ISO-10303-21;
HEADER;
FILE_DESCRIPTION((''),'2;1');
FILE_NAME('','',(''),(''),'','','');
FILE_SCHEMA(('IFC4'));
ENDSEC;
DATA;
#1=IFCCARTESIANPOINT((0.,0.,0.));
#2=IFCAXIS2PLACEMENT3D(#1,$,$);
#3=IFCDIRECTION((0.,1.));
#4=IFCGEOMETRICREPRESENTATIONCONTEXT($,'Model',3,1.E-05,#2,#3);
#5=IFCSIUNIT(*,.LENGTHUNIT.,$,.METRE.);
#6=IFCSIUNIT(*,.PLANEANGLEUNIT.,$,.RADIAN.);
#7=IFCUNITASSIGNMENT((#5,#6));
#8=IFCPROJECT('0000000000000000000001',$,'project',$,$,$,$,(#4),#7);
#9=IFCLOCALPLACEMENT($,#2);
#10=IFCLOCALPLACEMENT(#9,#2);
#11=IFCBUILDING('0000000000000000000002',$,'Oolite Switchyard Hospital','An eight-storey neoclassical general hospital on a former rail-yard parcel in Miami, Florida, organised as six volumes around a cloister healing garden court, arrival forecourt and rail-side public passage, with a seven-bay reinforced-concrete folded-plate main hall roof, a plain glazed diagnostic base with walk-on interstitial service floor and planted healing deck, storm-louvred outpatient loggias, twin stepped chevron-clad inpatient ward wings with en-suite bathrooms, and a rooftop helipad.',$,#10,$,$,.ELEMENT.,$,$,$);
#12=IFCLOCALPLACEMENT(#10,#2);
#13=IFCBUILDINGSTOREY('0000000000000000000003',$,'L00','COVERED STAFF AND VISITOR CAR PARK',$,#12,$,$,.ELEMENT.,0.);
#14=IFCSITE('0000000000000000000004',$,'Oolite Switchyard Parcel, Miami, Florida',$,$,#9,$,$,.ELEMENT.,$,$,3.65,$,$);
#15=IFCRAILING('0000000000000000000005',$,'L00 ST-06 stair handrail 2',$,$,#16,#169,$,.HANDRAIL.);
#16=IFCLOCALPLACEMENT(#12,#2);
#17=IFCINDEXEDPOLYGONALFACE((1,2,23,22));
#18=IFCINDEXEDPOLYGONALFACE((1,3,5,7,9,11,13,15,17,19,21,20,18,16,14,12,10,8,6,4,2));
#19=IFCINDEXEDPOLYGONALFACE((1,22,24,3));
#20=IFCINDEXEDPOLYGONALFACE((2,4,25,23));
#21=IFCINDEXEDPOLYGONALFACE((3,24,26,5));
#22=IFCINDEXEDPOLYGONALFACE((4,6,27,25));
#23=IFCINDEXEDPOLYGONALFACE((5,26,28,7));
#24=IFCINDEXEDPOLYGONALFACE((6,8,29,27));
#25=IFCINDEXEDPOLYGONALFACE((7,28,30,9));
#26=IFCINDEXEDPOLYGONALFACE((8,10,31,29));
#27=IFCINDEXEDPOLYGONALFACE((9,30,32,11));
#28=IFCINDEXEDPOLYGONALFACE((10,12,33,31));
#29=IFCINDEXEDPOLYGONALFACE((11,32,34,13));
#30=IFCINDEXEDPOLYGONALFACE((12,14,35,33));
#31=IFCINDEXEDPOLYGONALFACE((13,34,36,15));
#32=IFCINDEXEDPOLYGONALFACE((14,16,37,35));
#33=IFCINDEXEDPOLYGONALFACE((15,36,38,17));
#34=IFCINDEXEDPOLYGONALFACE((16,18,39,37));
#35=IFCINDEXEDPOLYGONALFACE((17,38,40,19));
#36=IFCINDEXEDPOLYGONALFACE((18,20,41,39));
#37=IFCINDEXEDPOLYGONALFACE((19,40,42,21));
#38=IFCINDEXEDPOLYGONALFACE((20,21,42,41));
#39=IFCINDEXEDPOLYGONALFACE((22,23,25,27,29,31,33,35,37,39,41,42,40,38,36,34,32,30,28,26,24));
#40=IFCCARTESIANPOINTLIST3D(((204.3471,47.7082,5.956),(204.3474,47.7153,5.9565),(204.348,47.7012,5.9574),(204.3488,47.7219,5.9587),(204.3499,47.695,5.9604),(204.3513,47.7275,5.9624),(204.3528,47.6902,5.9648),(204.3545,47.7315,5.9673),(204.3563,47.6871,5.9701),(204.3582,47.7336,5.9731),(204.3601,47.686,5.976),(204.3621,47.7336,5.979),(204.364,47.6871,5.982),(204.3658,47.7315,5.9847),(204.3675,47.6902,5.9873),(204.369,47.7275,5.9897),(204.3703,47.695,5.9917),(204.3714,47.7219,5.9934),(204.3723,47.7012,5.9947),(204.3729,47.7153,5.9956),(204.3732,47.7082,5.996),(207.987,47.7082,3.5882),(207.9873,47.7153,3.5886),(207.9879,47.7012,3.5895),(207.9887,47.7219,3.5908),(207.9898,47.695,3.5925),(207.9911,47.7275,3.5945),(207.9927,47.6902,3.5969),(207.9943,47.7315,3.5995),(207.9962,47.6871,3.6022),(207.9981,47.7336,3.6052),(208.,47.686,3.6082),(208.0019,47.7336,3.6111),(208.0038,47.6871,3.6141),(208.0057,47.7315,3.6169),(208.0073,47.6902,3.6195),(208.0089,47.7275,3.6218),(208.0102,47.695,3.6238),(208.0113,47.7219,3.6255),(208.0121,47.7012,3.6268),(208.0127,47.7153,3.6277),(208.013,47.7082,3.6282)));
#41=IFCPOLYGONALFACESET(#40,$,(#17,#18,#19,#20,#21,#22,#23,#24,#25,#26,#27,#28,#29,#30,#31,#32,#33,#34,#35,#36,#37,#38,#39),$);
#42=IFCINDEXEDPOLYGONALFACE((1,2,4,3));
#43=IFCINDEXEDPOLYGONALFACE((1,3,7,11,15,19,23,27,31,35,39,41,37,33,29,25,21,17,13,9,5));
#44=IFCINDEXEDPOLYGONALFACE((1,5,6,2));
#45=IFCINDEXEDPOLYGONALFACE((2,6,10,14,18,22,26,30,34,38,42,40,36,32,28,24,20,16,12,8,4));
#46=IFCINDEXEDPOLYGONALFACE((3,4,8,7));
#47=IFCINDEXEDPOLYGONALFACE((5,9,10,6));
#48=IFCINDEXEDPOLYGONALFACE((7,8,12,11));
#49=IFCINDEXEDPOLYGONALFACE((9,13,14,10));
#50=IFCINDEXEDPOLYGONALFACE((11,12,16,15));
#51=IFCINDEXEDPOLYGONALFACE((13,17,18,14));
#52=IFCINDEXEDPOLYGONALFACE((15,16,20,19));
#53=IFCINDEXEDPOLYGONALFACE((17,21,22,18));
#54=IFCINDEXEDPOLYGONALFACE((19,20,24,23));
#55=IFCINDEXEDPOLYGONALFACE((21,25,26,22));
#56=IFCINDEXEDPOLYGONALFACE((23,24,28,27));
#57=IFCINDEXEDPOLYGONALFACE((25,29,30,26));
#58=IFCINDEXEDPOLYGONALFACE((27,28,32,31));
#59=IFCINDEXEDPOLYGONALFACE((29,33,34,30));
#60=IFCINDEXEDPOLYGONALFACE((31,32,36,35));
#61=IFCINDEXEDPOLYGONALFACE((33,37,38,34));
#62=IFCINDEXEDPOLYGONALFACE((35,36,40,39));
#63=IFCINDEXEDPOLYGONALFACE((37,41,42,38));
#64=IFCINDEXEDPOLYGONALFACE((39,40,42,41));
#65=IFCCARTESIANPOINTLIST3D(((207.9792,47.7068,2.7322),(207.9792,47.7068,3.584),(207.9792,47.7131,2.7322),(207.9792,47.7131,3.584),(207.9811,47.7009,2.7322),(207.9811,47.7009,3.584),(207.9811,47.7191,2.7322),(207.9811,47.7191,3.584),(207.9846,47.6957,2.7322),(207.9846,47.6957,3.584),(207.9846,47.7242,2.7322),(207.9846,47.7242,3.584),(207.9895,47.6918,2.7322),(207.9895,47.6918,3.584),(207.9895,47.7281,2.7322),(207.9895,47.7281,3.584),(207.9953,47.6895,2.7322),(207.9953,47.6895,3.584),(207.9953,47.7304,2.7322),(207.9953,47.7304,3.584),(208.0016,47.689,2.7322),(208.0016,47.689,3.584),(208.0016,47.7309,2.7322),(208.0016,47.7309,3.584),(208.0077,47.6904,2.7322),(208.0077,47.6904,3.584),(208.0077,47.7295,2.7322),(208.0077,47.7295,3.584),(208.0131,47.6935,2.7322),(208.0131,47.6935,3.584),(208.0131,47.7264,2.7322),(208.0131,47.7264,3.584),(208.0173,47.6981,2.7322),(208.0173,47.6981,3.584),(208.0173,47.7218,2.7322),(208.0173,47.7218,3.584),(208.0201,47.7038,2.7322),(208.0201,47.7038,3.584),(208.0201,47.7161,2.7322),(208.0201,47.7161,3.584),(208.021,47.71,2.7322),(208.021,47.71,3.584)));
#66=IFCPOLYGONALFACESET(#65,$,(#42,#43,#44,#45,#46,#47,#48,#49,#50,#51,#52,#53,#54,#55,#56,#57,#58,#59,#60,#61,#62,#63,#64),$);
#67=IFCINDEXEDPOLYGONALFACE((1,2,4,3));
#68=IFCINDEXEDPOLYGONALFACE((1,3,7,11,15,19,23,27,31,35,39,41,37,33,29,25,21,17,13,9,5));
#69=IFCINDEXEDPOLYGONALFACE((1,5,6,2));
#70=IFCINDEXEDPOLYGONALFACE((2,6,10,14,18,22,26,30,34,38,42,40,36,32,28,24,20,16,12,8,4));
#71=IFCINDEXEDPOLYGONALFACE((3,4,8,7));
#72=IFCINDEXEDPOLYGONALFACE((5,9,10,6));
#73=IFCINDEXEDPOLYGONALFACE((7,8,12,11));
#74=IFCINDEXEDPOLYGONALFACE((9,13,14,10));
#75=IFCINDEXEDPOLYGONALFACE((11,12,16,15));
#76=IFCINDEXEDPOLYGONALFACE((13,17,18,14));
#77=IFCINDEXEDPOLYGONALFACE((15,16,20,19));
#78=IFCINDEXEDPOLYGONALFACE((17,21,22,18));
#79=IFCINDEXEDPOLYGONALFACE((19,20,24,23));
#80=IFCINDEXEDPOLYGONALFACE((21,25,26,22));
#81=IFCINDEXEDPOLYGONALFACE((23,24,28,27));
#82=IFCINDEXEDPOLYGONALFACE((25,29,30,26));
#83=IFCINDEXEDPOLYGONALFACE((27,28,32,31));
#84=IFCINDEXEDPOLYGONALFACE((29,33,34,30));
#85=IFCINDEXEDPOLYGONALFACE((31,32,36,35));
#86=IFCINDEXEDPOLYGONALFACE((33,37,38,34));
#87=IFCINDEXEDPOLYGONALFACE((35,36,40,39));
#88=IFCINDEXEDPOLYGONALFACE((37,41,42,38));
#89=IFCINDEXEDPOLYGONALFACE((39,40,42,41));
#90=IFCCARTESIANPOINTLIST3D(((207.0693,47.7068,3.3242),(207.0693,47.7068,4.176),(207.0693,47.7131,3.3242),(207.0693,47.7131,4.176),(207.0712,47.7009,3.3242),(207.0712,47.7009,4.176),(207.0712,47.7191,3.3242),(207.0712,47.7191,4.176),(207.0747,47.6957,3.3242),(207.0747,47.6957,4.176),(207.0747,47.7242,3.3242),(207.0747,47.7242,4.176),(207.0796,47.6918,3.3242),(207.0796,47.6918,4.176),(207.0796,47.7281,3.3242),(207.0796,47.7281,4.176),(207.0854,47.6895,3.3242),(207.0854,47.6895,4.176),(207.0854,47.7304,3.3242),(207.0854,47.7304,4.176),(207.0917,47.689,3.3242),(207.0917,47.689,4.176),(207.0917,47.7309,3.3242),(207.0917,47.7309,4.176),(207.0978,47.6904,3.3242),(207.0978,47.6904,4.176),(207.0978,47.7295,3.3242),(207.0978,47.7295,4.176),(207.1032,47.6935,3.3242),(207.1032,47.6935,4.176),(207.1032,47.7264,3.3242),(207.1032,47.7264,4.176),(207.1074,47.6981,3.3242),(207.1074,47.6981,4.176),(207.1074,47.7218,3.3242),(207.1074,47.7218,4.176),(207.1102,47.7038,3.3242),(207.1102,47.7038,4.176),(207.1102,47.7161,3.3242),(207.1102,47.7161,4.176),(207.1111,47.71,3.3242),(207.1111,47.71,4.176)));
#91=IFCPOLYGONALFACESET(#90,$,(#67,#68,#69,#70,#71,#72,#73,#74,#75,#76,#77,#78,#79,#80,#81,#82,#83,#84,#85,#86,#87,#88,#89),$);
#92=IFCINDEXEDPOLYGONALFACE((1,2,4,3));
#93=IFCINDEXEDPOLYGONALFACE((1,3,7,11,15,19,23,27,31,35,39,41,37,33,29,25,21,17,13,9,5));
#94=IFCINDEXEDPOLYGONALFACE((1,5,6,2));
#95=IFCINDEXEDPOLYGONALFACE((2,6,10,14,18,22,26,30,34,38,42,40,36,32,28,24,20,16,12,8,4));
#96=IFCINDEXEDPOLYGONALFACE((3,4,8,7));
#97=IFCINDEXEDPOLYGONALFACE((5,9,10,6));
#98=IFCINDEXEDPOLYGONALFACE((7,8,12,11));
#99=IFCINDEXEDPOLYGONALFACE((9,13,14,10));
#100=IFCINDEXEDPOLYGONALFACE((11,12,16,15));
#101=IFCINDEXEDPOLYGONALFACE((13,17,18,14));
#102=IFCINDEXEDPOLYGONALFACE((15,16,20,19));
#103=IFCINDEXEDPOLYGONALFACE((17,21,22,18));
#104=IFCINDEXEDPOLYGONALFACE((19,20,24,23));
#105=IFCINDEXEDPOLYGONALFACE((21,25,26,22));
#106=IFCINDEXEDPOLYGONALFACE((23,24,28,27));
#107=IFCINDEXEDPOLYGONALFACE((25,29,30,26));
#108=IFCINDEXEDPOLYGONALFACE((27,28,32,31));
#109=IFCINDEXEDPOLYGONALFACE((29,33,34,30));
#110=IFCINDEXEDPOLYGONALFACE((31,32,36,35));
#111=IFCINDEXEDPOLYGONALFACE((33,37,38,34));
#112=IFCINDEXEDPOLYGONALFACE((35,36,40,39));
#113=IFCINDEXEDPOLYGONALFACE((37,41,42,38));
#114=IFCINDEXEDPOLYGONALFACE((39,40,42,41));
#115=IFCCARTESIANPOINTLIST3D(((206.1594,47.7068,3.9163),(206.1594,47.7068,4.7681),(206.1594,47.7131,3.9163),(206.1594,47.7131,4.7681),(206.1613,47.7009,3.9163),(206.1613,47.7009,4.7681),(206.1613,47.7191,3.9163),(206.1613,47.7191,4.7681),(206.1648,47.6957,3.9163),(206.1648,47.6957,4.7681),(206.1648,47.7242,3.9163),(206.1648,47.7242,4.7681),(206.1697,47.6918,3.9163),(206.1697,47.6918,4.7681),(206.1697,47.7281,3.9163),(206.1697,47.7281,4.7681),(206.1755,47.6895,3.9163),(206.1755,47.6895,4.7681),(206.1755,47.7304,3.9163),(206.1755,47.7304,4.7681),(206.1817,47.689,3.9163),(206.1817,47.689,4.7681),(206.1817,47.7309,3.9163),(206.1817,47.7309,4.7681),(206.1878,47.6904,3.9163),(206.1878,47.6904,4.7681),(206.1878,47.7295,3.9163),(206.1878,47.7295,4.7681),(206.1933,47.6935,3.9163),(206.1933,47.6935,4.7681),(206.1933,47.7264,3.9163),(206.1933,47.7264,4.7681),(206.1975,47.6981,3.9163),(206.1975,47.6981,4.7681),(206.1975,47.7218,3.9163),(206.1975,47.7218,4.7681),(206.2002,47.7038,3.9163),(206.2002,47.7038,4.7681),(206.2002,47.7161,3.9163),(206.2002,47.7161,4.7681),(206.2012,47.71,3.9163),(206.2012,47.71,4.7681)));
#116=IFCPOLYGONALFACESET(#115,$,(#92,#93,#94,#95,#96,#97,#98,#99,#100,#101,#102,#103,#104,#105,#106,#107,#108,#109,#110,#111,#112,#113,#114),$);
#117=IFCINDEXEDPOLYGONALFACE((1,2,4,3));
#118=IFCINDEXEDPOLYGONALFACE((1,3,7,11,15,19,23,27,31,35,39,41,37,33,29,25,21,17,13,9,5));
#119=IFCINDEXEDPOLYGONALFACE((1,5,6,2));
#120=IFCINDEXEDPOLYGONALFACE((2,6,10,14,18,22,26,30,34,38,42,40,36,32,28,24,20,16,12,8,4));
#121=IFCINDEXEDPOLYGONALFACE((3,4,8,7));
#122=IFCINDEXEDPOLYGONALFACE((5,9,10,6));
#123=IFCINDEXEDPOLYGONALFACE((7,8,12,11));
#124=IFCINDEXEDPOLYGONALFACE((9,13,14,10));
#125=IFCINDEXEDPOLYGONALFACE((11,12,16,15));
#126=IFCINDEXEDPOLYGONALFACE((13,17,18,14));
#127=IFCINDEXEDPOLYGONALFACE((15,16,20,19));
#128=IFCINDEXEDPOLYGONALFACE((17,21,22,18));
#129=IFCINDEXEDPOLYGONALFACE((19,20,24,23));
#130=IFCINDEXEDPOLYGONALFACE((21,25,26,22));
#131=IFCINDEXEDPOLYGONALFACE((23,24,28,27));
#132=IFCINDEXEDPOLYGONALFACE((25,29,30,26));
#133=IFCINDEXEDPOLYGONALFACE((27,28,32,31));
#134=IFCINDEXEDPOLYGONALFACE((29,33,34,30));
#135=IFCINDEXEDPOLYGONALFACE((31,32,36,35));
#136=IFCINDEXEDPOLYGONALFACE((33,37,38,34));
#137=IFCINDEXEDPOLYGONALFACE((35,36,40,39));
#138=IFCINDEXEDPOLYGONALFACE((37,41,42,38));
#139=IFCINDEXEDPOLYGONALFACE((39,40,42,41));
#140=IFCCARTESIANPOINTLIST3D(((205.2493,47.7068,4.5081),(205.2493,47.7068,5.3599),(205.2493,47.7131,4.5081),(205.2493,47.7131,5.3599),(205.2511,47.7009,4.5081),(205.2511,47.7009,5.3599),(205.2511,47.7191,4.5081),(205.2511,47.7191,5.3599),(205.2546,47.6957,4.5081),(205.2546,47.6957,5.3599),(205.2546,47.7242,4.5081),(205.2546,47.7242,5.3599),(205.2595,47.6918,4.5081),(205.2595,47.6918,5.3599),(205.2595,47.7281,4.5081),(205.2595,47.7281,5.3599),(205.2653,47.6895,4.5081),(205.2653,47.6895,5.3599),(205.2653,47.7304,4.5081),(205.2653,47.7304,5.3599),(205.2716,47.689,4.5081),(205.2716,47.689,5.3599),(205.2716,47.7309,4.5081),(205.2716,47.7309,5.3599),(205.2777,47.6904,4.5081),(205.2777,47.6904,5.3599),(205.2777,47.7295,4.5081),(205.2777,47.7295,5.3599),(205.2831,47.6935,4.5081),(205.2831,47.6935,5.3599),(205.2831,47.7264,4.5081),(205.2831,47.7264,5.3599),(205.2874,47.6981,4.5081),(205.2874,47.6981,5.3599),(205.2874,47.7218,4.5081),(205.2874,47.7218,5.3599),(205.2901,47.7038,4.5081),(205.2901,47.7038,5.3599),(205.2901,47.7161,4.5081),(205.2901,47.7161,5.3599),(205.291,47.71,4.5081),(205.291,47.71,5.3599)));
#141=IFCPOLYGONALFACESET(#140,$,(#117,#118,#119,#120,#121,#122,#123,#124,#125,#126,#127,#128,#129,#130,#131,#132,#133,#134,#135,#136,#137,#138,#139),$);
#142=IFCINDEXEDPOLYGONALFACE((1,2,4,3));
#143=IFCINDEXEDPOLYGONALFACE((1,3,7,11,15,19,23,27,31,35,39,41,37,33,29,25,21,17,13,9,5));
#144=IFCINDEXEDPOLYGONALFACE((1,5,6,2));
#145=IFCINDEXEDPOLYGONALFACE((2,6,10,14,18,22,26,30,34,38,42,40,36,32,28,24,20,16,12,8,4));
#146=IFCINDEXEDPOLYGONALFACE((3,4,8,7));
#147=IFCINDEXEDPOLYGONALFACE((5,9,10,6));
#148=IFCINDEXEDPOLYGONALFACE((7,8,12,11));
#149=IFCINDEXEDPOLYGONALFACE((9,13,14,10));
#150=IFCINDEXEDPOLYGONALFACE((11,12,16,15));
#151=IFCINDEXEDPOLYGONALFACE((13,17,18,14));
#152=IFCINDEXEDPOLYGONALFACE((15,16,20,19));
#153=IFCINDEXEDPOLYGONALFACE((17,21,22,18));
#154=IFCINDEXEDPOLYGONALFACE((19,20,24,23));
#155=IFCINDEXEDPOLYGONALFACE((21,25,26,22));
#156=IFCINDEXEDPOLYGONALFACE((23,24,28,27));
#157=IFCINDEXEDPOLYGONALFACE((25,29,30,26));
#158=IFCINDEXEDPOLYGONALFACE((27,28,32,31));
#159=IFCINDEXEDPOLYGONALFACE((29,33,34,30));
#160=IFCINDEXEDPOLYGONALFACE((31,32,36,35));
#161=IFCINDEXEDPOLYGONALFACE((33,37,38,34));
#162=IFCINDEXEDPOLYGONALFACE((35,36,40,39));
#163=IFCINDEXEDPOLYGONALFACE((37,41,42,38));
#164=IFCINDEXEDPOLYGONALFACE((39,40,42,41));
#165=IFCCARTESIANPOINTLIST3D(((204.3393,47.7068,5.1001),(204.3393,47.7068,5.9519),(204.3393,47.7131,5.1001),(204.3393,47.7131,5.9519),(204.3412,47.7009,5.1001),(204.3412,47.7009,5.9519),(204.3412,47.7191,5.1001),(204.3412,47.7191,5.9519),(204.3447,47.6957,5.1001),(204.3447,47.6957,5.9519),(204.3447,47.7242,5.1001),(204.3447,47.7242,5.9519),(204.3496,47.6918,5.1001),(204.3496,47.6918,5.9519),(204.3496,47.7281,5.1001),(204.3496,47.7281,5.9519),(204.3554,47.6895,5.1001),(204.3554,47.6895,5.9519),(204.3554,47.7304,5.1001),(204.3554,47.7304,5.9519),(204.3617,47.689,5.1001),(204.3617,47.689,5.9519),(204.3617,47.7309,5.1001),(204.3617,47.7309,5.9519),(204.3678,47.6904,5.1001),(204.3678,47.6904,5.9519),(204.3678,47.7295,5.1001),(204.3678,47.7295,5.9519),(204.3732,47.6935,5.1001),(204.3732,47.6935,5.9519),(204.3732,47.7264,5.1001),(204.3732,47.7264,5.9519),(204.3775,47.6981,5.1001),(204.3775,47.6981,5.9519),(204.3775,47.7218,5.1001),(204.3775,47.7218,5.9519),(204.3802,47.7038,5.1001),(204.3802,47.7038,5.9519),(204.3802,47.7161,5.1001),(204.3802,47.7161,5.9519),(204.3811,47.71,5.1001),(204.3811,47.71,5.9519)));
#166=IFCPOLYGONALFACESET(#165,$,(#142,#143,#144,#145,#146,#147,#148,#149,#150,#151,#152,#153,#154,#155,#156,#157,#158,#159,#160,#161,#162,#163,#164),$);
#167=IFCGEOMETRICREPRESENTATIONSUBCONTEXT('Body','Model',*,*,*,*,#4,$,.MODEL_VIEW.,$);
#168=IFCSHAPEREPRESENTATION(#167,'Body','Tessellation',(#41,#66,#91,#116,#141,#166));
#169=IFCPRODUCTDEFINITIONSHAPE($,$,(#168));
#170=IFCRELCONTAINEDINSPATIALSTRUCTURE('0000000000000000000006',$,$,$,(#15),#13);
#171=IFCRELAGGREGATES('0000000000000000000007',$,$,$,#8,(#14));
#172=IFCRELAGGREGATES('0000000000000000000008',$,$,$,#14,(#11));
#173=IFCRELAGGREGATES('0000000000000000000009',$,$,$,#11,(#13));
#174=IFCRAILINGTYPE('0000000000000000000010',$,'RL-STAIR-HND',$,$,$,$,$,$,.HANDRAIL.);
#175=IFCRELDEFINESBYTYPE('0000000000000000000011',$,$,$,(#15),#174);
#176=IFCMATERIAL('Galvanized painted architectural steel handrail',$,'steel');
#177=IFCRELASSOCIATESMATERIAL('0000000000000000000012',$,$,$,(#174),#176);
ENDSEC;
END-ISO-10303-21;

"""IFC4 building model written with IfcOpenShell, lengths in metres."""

from ifc_helpers import new_model, si_unit, direction, frame, origin, origin_2d, place, context, subcontext, project, spatial, circle, extrude, material, type_object, element, save


model = new_model("IFC4")

# Units and contexts
model_context = context("Model", 3, precision=1e-05, world=origin(), true_north=direction((0.0, 1.0)))
body_context = subcontext(model_context, "Body", "Model", "MODEL_VIEW")
ifc_project = project(units=[si_unit("LENGTHUNIT", "METRE"), si_unit("PLANEANGLEUNIT", "RADIAN")], contexts=[model_context])

# Site, building, storey
site_placement = place(None, origin())
site = spatial("IfcSite", under=ifc_project, at=site_placement, Name="Oolite Switchyard Parcel, Miami, Florida", CompositionType="ELEMENT", RefElevation=3.65)
building_placement = place(site_placement, origin())
building = spatial("IfcBuilding", under=site, at=building_placement, Name="Oolite Switchyard Hospital", Description="An eight-storey neoclassical general hospital on a former rail-yard parcel in Miami, Florida, organised as six volumes around a cloister healing garden court, arrival forecourt and rail-side public passage, with a seven-bay reinforced-concrete folded-plate main hall roof, a plain glazed diagnostic base with walk-on interstitial service floor and planted healing deck, storm-louvred outpatient loggias, twin stepped chevron-clad inpatient ward wings with en-suite bathrooms, and a rooftop helipad.", CompositionType="ELEMENT")
storey_placement = place(building_placement, origin())
storey = spatial("IfcBuildingStorey", under=building, at=storey_placement, Name="L00", Description="COVERED STAFF AND VISITOR CAR PARK", CompositionType="ELEMENT", Elevation=0.0)

# Railing
ifc_material_1 = material(Name="Galvanized painted architectural steel handrail", Category="steel")
railing_type = type_object("IfcRailingType", Name="RL-STAIR-HND", PredefinedType="HANDRAIL", material=ifc_material_1)
railing_placement = place(storey_placement, frame((208.0, 47.71, 2.7322)))
element("IfcRailing", 1, at=railing_placement, inside=storey, type_object=railing_type, Name="L00 ST-06 stair handrail 2", PredefinedType="HANDRAIL", context=body_context, shape_type="SweptSolid", body=[
    extrude(circle(Radius=0.0239, at=origin_2d()), frame((0.0, 0.0, 0.876), z_axis=(-0.838234, 0.0, 0.54531), x_axis=(0.0, -1.0, 0.0)), (0.0, 0.0, 1.0), 4.3423),
    extrude(circle(Radius=0.021, at=origin_2d()), origin(), (0.0, 0.0, 1.0), 0.8518),
    extrude(circle(Radius=0.021, at=origin_2d()), frame((-0.9099, 0.0, 0.592)), (0.0, 0.0, 1.0), 0.8518),
    extrude(circle(Radius=0.021, at=origin_2d()), frame((-1.8198, 0.0, 1.1841)), (0.0, 0.0, 1.0), 0.8518),
    extrude(circle(Radius=0.021, at=origin_2d()), frame((-2.73, 0.0, 1.7759)), (0.0, 0.0, 1.0), 0.8518),
    extrude(circle(Radius=0.021, at=origin_2d()), frame((-3.6399, 0.0, 2.3679)), (0.0, 0.0, 1.0), 0.8518),
])

save(model, "model.ifc")
